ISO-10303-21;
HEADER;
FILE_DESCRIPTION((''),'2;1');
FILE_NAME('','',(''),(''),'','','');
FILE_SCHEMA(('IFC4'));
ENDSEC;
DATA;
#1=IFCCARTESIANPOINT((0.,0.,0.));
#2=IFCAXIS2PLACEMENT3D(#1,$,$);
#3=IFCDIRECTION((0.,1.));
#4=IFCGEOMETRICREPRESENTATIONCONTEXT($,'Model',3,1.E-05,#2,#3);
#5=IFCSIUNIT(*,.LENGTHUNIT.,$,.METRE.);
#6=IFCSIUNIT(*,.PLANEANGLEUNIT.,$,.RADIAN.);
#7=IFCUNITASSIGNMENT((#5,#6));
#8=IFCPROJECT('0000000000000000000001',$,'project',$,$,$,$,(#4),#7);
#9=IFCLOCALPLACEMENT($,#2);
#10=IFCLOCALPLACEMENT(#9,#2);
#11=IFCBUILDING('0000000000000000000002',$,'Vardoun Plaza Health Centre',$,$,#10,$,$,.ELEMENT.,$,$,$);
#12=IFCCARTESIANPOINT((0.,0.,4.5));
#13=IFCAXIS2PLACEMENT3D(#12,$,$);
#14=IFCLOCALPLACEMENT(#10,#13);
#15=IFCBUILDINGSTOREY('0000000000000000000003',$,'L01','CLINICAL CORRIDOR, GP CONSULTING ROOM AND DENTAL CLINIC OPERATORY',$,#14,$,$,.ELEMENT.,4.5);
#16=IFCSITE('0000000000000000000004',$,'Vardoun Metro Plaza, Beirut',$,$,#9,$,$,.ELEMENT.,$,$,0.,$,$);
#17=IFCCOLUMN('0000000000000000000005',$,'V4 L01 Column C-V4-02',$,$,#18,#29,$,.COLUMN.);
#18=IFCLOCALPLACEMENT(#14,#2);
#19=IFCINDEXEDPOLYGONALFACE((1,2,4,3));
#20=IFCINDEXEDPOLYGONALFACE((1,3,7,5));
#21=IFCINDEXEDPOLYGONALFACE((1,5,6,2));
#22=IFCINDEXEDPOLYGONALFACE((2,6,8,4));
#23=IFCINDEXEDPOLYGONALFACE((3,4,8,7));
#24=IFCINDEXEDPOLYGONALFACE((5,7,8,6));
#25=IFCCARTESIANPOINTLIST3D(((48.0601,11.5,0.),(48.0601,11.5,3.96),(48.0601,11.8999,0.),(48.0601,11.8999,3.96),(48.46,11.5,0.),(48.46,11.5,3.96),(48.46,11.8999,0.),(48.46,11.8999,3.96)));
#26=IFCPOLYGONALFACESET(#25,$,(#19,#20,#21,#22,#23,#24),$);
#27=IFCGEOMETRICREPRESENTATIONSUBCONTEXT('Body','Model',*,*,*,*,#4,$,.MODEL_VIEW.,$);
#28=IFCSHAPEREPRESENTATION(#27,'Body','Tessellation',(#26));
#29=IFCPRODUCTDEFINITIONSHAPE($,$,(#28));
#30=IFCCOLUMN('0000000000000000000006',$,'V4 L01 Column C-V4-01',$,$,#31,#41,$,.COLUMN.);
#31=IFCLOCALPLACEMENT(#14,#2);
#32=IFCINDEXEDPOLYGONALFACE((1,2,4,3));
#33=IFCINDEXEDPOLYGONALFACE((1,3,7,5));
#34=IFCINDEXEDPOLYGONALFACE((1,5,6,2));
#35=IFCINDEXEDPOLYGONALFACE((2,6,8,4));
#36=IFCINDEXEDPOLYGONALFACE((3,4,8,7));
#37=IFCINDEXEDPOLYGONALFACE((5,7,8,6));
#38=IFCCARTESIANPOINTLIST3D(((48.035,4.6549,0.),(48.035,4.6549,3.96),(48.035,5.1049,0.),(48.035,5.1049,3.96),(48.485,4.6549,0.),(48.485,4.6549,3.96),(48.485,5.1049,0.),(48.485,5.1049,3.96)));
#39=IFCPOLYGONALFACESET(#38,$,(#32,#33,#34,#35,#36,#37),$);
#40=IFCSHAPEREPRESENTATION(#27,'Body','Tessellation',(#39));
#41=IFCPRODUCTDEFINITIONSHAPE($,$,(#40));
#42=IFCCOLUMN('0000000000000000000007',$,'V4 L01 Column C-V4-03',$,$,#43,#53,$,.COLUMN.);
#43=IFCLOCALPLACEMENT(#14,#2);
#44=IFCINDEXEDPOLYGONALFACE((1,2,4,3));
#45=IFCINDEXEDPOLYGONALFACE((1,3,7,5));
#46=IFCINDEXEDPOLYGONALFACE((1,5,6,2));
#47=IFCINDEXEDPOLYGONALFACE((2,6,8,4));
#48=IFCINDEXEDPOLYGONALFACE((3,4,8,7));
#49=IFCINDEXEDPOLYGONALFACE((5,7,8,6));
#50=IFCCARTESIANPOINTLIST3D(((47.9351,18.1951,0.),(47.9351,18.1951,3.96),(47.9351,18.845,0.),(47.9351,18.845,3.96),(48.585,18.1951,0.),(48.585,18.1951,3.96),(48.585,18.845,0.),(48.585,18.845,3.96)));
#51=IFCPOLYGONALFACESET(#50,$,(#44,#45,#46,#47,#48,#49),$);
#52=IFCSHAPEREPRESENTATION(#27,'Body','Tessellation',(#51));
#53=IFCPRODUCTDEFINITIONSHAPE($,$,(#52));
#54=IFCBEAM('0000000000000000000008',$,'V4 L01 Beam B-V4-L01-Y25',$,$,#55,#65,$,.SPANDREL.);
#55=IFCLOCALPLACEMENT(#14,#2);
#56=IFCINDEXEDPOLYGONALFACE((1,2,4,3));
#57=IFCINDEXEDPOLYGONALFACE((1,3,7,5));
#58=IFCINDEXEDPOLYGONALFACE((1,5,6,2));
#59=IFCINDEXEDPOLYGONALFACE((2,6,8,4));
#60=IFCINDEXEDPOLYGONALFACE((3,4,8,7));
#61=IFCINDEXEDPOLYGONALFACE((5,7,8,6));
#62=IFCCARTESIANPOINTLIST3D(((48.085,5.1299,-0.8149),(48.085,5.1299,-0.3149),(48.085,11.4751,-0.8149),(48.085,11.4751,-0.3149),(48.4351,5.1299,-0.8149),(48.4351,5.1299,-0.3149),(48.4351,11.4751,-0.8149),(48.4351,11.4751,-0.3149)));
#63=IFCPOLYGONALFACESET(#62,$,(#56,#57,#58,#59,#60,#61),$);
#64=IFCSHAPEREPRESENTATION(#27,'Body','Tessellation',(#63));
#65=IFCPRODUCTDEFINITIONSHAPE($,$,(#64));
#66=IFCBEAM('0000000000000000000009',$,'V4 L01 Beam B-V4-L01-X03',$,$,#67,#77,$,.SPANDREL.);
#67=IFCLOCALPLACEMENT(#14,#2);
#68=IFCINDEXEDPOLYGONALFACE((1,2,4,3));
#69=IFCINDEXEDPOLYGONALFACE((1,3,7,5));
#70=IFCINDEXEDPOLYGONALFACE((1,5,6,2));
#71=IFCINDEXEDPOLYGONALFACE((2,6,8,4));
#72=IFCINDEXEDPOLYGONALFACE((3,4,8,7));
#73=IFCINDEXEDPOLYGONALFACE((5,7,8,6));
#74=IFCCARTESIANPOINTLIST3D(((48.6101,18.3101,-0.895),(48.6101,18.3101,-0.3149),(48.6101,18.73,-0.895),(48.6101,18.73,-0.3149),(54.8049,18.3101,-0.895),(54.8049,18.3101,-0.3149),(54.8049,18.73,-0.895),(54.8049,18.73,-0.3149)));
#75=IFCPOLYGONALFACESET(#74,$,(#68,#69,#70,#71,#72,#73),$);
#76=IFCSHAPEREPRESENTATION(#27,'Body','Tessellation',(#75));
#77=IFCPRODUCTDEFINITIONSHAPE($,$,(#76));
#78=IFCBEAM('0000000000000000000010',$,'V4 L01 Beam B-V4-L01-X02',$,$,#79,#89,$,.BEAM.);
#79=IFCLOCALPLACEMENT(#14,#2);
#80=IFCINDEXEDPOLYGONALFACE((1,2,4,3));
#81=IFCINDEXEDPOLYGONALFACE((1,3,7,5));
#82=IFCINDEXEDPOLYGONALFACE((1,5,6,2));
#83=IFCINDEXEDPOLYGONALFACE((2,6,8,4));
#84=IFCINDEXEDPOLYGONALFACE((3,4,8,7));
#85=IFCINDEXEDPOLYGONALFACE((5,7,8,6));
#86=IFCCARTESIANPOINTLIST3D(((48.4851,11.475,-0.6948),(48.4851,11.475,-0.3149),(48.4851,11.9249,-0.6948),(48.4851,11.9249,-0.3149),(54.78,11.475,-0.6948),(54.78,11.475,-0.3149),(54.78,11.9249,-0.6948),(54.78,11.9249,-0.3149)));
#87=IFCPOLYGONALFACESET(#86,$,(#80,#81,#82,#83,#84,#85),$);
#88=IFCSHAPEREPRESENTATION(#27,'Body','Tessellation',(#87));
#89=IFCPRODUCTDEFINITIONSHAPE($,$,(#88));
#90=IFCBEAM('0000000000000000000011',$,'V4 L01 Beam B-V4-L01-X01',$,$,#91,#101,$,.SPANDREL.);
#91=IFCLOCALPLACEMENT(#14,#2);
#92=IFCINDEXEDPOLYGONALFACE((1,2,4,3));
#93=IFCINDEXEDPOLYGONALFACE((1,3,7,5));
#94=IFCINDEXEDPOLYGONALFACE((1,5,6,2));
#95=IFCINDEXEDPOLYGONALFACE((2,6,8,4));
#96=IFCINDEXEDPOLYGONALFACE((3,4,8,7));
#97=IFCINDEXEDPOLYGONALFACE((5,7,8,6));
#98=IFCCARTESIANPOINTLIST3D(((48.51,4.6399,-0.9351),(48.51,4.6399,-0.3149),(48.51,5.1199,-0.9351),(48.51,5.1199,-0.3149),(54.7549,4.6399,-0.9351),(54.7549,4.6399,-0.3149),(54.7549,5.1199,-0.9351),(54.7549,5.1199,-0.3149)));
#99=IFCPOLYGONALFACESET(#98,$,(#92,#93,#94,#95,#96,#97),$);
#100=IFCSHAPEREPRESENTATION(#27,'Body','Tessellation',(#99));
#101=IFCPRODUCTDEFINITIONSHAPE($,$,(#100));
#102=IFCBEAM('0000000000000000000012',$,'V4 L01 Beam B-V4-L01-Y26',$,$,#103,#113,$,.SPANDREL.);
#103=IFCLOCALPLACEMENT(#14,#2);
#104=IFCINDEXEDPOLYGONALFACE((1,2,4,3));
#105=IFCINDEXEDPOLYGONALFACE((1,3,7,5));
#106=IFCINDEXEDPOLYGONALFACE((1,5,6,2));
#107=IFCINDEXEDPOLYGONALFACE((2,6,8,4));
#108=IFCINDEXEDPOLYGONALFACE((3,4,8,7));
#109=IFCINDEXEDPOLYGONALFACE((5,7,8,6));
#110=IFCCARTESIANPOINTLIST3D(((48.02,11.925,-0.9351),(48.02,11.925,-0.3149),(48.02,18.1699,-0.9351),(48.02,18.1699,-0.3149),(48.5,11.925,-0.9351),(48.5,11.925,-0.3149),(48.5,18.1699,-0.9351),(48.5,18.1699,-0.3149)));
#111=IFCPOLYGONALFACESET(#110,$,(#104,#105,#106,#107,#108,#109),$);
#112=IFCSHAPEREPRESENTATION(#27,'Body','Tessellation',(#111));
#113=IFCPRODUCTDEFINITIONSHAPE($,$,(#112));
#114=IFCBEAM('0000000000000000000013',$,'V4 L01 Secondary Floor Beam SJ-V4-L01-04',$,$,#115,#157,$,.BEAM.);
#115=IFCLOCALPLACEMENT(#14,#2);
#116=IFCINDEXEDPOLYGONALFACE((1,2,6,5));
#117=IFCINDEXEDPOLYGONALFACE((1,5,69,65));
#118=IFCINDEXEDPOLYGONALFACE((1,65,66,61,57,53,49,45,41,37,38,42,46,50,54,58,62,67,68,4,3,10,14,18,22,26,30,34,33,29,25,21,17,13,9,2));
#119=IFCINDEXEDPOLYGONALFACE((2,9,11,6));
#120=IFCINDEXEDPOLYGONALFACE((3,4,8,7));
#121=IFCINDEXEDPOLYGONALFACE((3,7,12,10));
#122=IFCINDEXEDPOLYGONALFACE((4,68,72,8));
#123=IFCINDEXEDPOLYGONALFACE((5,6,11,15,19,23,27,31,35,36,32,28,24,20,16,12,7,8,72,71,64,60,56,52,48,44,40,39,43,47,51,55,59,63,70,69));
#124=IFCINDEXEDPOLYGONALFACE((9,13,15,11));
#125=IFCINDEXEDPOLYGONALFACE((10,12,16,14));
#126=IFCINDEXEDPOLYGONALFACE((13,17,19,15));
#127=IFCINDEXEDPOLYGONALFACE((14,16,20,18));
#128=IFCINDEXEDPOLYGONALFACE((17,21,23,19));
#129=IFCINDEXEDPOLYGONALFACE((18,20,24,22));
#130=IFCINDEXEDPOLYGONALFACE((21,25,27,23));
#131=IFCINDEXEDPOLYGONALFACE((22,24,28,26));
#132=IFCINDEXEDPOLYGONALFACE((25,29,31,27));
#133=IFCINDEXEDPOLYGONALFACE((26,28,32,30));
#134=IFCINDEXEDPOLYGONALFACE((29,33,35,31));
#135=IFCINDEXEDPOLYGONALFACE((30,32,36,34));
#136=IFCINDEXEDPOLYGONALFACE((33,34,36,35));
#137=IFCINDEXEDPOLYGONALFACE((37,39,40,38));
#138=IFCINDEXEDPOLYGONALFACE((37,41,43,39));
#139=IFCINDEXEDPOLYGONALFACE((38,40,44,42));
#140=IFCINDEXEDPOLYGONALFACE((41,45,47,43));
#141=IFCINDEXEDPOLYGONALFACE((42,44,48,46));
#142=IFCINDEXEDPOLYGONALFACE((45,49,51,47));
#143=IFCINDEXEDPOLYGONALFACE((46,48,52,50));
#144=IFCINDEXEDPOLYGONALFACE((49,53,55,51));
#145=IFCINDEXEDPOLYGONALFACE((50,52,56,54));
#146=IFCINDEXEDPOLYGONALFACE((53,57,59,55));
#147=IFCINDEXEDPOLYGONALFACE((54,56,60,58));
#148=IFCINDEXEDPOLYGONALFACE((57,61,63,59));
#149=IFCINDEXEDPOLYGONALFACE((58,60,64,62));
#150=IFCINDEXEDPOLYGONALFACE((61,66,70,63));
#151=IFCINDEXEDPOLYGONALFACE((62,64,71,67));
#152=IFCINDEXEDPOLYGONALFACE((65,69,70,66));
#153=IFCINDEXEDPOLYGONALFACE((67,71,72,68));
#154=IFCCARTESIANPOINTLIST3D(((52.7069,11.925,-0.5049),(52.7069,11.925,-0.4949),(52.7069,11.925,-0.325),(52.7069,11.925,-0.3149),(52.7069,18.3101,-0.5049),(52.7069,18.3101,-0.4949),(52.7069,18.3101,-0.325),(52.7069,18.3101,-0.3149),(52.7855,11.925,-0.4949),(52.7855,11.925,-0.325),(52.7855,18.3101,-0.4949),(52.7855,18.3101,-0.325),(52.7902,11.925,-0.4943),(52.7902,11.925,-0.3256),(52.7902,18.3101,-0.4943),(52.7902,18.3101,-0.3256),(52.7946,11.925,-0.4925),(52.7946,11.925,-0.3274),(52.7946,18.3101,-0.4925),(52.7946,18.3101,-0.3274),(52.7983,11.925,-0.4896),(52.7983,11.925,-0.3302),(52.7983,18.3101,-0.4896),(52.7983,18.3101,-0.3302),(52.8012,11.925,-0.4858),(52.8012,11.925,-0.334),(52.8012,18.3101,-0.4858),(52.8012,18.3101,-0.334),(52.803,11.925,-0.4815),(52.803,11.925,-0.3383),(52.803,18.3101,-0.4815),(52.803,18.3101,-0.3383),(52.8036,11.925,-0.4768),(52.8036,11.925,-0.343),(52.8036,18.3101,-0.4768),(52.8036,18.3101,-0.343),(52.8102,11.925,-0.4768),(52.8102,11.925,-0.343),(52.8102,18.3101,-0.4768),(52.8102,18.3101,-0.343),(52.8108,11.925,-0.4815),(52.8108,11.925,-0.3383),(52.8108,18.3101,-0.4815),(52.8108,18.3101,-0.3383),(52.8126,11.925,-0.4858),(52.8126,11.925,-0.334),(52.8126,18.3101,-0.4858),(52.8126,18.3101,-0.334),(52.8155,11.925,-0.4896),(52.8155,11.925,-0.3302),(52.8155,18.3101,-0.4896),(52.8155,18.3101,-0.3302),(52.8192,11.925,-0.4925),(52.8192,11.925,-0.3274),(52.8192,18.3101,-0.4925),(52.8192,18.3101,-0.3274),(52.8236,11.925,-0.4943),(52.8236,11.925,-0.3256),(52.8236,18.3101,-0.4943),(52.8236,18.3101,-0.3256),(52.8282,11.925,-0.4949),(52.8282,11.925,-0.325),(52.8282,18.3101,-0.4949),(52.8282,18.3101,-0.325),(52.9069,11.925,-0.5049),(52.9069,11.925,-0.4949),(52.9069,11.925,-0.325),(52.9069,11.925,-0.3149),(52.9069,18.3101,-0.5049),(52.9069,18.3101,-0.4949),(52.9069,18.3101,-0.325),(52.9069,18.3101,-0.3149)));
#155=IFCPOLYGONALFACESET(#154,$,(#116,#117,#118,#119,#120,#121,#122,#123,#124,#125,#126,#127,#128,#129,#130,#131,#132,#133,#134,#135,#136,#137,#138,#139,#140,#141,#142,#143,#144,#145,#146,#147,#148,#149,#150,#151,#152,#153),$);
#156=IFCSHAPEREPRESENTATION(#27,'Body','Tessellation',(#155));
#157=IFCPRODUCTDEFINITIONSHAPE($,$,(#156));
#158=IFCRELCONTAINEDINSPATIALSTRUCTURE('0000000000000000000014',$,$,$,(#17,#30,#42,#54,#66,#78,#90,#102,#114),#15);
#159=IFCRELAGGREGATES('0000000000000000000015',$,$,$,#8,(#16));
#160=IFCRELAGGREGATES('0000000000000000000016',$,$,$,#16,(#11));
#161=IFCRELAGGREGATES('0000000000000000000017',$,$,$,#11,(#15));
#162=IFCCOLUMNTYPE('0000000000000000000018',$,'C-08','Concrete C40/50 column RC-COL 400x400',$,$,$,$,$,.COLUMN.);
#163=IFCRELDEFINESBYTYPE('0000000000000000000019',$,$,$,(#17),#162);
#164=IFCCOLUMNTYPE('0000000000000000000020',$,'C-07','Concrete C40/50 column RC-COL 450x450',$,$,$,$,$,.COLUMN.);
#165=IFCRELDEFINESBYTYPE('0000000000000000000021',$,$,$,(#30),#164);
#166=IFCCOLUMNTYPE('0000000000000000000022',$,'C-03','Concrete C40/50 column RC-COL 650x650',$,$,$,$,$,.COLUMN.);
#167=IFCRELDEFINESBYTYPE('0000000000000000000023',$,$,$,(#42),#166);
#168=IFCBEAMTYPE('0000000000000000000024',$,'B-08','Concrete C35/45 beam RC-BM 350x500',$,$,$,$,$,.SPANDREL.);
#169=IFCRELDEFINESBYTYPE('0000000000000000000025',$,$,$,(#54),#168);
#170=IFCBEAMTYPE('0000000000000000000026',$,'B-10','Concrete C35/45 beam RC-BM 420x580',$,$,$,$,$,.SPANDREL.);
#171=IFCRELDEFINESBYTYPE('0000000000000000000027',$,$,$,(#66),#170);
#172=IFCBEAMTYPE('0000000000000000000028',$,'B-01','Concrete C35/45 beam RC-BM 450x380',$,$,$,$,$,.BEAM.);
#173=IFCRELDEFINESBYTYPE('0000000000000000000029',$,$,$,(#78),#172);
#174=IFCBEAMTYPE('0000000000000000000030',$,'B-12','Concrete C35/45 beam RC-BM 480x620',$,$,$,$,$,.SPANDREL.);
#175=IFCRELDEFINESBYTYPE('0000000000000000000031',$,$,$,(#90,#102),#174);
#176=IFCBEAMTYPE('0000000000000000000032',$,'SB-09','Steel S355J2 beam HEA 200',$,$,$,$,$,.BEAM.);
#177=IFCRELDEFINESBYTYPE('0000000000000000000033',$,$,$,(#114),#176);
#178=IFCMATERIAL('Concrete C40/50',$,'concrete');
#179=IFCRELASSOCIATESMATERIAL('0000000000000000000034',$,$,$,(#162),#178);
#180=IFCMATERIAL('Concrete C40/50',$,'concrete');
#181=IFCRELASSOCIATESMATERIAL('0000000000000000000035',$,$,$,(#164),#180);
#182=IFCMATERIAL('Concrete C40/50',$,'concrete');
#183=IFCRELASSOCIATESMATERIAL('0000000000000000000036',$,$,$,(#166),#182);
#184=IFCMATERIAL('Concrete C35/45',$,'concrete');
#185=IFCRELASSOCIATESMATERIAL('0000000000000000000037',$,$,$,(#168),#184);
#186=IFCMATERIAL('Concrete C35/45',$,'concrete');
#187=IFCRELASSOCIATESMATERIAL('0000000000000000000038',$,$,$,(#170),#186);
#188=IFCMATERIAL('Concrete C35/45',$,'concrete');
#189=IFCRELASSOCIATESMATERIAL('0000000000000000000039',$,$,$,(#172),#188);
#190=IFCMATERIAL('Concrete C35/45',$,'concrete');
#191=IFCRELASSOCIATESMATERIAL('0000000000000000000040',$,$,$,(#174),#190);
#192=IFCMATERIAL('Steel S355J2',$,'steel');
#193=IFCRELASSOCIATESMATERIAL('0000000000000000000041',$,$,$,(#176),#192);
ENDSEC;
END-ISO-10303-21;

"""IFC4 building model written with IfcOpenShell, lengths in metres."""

from ifc_helpers import new_model, si_unit, direction, frame, origin, origin_2d, place, context, subcontext, project, spatial, rectangle, i_section, extrude, material, material_profile, profile_set, type_object, element, save


model = new_model("IFC4")

# Units and contexts
model_context = context("Model", 3, precision=1e-05, world=origin(), true_north=direction((0.0, 1.0)))
body_context = subcontext(model_context, "Body", "Model", "MODEL_VIEW")
ifc_project = project(units=[si_unit("LENGTHUNIT", "METRE"), si_unit("PLANEANGLEUNIT", "RADIAN")], contexts=[model_context])

# Site, building, storey
site_placement = place(None, origin())
site = spatial("IfcSite", under=ifc_project, at=site_placement, Name="Vardoun Metro Plaza, Beirut", CompositionType="ELEMENT", RefElevation=0.0)
building_placement = place(site_placement, origin())
building = spatial("IfcBuilding", under=site, at=building_placement, Name="Vardoun Plaza Health Centre", CompositionType="ELEMENT")
storey_placement = place(building_placement, frame((0.0, 0.0, 4.5)))
storey = spatial("IfcBuildingStorey", under=building, at=storey_placement, Name="L01", Description="CLINICAL CORRIDOR, GP CONSULTING ROOM AND DENTAL CLINIC OPERATORY", CompositionType="ELEMENT", Elevation=4.5)

# Columns
ifc_material_1 = material(Name="Concrete C40/50", Category="concrete")
ifc_material_profile_1 = material_profile(ifc_material_1, rectangle(XDim=0.3999, YDim=0.3999, at=origin_2d()), Name="RC-COL 400x400")
ifc_profile_set_1 = profile_set([ifc_material_profile_1], Name="Concrete C40/50")
column_type_1 = type_object("IfcColumnType", Name="C-08", Description="Concrete C40/50 column RC-COL 400x400", PredefinedType="COLUMN", material=ifc_profile_set_1)
column_1_placement = place(storey_placement, frame((48.26, 11.7, 0.0), z_axis=(0.0, 0.0, 1.0), x_axis=(1.0, 0.0, 0.0)))
element("IfcColumn", 1, at=column_1_placement, inside=storey, type_object=column_type_1, Name="V4 L01 Column C-V4-02", PredefinedType="COLUMN", context=body_context, shape_type="SweptSolid", body=[
    extrude(rectangle(XDim=0.3999, YDim=0.3999, at=origin_2d()), origin(), (0.0, 0.0, 1.0), 3.96),
])
ifc_material_2 = material(Name="Concrete C40/50", Category="concrete")
ifc_material_profile_2 = material_profile(ifc_material_2, rectangle(XDim=0.45, YDim=0.45, at=origin_2d()), Name="RC-COL 450x450")
ifc_profile_set_2 = profile_set([ifc_material_profile_2], Name="Concrete C40/50")
column_type_2 = type_object("IfcColumnType", Name="C-07", Description="Concrete C40/50 column RC-COL 450x450", PredefinedType="COLUMN", material=ifc_profile_set_2)
column_2_placement = place(storey_placement, frame((48.26, 4.8799, 0.0), z_axis=(0.0, 0.0, 1.0), x_axis=(1.0, 0.0, 0.0)))
element("IfcColumn", 2, at=column_2_placement, inside=storey, type_object=column_type_2, Name="V4 L01 Column C-V4-01", PredefinedType="COLUMN", context=body_context, shape_type="SweptSolid", body=[
    extrude(rectangle(XDim=0.45, YDim=0.45, at=origin_2d()), origin(), (0.0, 0.0, 1.0), 3.96),
])
ifc_material_3 = material(Name="Concrete C40/50", Category="concrete")
ifc_material_profile_3 = material_profile(ifc_material_3, rectangle(XDim=0.6499, YDim=0.6499, at=origin_2d()), Name="RC-COL 650x650")
ifc_profile_set_3 = profile_set([ifc_material_profile_3], Name="Concrete C40/50")
column_type_3 = type_object("IfcColumnType", Name="C-03", Description="Concrete C40/50 column RC-COL 650x650", PredefinedType="COLUMN", material=ifc_profile_set_3)
column_3_placement = place(storey_placement, frame((48.26, 18.52, 0.0), z_axis=(0.0, 0.0, 1.0), x_axis=(1.0, 0.0, 0.0)))
element("IfcColumn", 3, at=column_3_placement, inside=storey, type_object=column_type_3, Name="V4 L01 Column C-V4-03", PredefinedType="COLUMN", context=body_context, shape_type="SweptSolid", body=[
    extrude(rectangle(XDim=0.6499, YDim=0.6499, at=origin_2d()), origin(), (0.0, 0.0, 1.0), 3.96),
])

# Beams
ifc_material_4 = material(Name="Concrete C35/45", Category="concrete")
ifc_material_profile_4 = material_profile(ifc_material_4, rectangle(XDim=0.3501, YDim=0.5, at=origin_2d()), Name="RC-BM 350x500")
ifc_profile_set_4 = profile_set([ifc_material_profile_4], Name="Concrete C35/45")
beam_type_1 = type_object("IfcBeamType", Name="B-08", Description="Concrete C35/45 beam RC-BM 350x500", PredefinedType="SPANDREL", material=ifc_profile_set_4)
beam_1_placement = place(storey_placement, frame((48.26, 5.1299, -0.5649), z_axis=(0.0, 1.0, 0.0), x_axis=(-1.0, 0.0, 0.0)))
element("IfcBeam", 4, at=beam_1_placement, inside=storey, type_object=beam_type_1, Name="V4 L01 Beam B-V4-L01-Y25", PredefinedType="SPANDREL", context=body_context, shape_type="SweptSolid", body=[
    extrude(rectangle(XDim=0.3501, YDim=0.5, at=origin_2d()), origin(), (0.0, 0.0, 1.0), 6.3452),
])
ifc_material_5 = material(Name="Concrete C35/45", Category="concrete")
ifc_material_profile_5 = material_profile(ifc_material_5, rectangle(XDim=0.4199, YDim=0.5801, at=origin_2d()), Name="RC-BM 420x580")
ifc_profile_set_5 = profile_set([ifc_material_profile_5], Name="Concrete C35/45")
beam_type_2 = type_object("IfcBeamType", Name="B-10", Description="Concrete C35/45 beam RC-BM 420x580", PredefinedType="SPANDREL", material=ifc_profile_set_5)
beam_2_placement = place(storey_placement, frame((48.6101, 18.52, -0.605), z_axis=(1.0, 0.0, 0.0), x_axis=(0.0, 1.0, 0.0)))
element("IfcBeam", 5, at=beam_2_placement, inside=storey, type_object=beam_type_2, Name="V4 L01 Beam B-V4-L01-X03", PredefinedType="SPANDREL", context=body_context, shape_type="SweptSolid", body=[
    extrude(rectangle(XDim=0.4199, YDim=0.5801, at=origin_2d()), origin(), (0.0, 0.0, 1.0), 6.1948),
])
ifc_material_6 = material(Name="Concrete C35/45", Category="concrete")
ifc_material_profile_6 = material_profile(ifc_material_6, rectangle(XDim=0.45, YDim=0.3799, at=origin_2d()), Name="RC-BM 450x380")
ifc_profile_set_6 = profile_set([ifc_material_profile_6], Name="Concrete C35/45")
beam_type_3 = type_object("IfcBeamType", Name="B-01", Description="Concrete C35/45 beam RC-BM 450x380", PredefinedType="BEAM", material=ifc_profile_set_6)
beam_3_placement = place(storey_placement, frame((48.4851, 11.7, -0.5049), z_axis=(1.0, 0.0, 0.0), x_axis=(0.0, 1.0, 0.0)))
element("IfcBeam", 6, at=beam_3_placement, inside=storey, type_object=beam_type_3, Name="V4 L01 Beam B-V4-L01-X02", PredefinedType="BEAM", context=body_context, shape_type="SweptSolid", body=[
    extrude(rectangle(XDim=0.45, YDim=0.3799, at=origin_2d()), origin(), (0.0, 0.0, 1.0), 6.2949),
])
ifc_material_7 = material(Name="Concrete C35/45", Category="concrete")
ifc_material_profile_7 = material_profile(ifc_material_7, rectangle(XDim=0.48, YDim=0.6201, at=origin_2d()), Name="RC-BM 480x620")
ifc_profile_set_7 = profile_set([ifc_material_profile_7], Name="Concrete C35/45")
beam_type_4 = type_object("IfcBeamType", Name="B-12", Description="Concrete C35/45 beam RC-BM 480x620", PredefinedType="SPANDREL", material=ifc_profile_set_7)
for number, where, z_axis, x_axis, name in (
    (7, (48.51, 4.8799, -0.625), (1.0, 0.0, 0.0), (0.0, 1.0, 0.0), "V4 L01 Beam B-V4-L01-X01"),
    (8, (48.26, 11.925, -0.625), (0.0, 1.0, 0.0), (-1.0, 0.0, 0.0), "V4 L01 Beam B-V4-L01-Y26"),
):
    element("IfcBeam", number, at=place(storey_placement, frame(where, z_axis=z_axis, x_axis=x_axis)), inside=storey, type_object=beam_type_4, Name=name, PredefinedType="SPANDREL", context=body_context, shape_type="SweptSolid", body=[
        extrude(rectangle(XDim=0.48, YDim=0.6201, at=origin_2d()), origin(), (0.0, 0.0, 1.0), 6.2449),
    ])
ifc_material_8 = material(Name="Steel S355J2", Category="steel")
ifc_material_profile_8 = material_profile(ifc_material_8, i_section(OverallWidth=0.2, OverallDepth=0.1899, WebThickness=0.0066, FlangeThickness=0.01, FilletRadius=0.0181, at=origin_2d()), Name="HEA 200")
ifc_profile_set_8 = profile_set([ifc_material_profile_8], Name="Steel S355J2")
beam_type_5 = type_object("IfcBeamType", Name="SB-09", Description="Steel S355J2 beam HEA 200", PredefinedType="BEAM", material=ifc_profile_set_8)
beam_4_placement = place(storey_placement, frame((52.8069, 11.925, -0.4099), z_axis=(0.0, 1.0, 0.0), x_axis=(-1.0, 0.0, 0.0)))
element("IfcBeam", 9, at=beam_4_placement, inside=storey, type_object=beam_type_5, Name="V4 L01 Secondary Floor Beam SJ-V4-L01-04", PredefinedType="BEAM", context=body_context, shape_type="SweptSolid", body=[
    extrude(i_section(OverallWidth=0.2, OverallDepth=0.1899, WebThickness=0.0066, FlangeThickness=0.01, FilletRadius=0.0181, at=origin_2d()), origin(), (0.0, 0.0, 1.0), 6.385),
])

save(model, "model.ifc")
